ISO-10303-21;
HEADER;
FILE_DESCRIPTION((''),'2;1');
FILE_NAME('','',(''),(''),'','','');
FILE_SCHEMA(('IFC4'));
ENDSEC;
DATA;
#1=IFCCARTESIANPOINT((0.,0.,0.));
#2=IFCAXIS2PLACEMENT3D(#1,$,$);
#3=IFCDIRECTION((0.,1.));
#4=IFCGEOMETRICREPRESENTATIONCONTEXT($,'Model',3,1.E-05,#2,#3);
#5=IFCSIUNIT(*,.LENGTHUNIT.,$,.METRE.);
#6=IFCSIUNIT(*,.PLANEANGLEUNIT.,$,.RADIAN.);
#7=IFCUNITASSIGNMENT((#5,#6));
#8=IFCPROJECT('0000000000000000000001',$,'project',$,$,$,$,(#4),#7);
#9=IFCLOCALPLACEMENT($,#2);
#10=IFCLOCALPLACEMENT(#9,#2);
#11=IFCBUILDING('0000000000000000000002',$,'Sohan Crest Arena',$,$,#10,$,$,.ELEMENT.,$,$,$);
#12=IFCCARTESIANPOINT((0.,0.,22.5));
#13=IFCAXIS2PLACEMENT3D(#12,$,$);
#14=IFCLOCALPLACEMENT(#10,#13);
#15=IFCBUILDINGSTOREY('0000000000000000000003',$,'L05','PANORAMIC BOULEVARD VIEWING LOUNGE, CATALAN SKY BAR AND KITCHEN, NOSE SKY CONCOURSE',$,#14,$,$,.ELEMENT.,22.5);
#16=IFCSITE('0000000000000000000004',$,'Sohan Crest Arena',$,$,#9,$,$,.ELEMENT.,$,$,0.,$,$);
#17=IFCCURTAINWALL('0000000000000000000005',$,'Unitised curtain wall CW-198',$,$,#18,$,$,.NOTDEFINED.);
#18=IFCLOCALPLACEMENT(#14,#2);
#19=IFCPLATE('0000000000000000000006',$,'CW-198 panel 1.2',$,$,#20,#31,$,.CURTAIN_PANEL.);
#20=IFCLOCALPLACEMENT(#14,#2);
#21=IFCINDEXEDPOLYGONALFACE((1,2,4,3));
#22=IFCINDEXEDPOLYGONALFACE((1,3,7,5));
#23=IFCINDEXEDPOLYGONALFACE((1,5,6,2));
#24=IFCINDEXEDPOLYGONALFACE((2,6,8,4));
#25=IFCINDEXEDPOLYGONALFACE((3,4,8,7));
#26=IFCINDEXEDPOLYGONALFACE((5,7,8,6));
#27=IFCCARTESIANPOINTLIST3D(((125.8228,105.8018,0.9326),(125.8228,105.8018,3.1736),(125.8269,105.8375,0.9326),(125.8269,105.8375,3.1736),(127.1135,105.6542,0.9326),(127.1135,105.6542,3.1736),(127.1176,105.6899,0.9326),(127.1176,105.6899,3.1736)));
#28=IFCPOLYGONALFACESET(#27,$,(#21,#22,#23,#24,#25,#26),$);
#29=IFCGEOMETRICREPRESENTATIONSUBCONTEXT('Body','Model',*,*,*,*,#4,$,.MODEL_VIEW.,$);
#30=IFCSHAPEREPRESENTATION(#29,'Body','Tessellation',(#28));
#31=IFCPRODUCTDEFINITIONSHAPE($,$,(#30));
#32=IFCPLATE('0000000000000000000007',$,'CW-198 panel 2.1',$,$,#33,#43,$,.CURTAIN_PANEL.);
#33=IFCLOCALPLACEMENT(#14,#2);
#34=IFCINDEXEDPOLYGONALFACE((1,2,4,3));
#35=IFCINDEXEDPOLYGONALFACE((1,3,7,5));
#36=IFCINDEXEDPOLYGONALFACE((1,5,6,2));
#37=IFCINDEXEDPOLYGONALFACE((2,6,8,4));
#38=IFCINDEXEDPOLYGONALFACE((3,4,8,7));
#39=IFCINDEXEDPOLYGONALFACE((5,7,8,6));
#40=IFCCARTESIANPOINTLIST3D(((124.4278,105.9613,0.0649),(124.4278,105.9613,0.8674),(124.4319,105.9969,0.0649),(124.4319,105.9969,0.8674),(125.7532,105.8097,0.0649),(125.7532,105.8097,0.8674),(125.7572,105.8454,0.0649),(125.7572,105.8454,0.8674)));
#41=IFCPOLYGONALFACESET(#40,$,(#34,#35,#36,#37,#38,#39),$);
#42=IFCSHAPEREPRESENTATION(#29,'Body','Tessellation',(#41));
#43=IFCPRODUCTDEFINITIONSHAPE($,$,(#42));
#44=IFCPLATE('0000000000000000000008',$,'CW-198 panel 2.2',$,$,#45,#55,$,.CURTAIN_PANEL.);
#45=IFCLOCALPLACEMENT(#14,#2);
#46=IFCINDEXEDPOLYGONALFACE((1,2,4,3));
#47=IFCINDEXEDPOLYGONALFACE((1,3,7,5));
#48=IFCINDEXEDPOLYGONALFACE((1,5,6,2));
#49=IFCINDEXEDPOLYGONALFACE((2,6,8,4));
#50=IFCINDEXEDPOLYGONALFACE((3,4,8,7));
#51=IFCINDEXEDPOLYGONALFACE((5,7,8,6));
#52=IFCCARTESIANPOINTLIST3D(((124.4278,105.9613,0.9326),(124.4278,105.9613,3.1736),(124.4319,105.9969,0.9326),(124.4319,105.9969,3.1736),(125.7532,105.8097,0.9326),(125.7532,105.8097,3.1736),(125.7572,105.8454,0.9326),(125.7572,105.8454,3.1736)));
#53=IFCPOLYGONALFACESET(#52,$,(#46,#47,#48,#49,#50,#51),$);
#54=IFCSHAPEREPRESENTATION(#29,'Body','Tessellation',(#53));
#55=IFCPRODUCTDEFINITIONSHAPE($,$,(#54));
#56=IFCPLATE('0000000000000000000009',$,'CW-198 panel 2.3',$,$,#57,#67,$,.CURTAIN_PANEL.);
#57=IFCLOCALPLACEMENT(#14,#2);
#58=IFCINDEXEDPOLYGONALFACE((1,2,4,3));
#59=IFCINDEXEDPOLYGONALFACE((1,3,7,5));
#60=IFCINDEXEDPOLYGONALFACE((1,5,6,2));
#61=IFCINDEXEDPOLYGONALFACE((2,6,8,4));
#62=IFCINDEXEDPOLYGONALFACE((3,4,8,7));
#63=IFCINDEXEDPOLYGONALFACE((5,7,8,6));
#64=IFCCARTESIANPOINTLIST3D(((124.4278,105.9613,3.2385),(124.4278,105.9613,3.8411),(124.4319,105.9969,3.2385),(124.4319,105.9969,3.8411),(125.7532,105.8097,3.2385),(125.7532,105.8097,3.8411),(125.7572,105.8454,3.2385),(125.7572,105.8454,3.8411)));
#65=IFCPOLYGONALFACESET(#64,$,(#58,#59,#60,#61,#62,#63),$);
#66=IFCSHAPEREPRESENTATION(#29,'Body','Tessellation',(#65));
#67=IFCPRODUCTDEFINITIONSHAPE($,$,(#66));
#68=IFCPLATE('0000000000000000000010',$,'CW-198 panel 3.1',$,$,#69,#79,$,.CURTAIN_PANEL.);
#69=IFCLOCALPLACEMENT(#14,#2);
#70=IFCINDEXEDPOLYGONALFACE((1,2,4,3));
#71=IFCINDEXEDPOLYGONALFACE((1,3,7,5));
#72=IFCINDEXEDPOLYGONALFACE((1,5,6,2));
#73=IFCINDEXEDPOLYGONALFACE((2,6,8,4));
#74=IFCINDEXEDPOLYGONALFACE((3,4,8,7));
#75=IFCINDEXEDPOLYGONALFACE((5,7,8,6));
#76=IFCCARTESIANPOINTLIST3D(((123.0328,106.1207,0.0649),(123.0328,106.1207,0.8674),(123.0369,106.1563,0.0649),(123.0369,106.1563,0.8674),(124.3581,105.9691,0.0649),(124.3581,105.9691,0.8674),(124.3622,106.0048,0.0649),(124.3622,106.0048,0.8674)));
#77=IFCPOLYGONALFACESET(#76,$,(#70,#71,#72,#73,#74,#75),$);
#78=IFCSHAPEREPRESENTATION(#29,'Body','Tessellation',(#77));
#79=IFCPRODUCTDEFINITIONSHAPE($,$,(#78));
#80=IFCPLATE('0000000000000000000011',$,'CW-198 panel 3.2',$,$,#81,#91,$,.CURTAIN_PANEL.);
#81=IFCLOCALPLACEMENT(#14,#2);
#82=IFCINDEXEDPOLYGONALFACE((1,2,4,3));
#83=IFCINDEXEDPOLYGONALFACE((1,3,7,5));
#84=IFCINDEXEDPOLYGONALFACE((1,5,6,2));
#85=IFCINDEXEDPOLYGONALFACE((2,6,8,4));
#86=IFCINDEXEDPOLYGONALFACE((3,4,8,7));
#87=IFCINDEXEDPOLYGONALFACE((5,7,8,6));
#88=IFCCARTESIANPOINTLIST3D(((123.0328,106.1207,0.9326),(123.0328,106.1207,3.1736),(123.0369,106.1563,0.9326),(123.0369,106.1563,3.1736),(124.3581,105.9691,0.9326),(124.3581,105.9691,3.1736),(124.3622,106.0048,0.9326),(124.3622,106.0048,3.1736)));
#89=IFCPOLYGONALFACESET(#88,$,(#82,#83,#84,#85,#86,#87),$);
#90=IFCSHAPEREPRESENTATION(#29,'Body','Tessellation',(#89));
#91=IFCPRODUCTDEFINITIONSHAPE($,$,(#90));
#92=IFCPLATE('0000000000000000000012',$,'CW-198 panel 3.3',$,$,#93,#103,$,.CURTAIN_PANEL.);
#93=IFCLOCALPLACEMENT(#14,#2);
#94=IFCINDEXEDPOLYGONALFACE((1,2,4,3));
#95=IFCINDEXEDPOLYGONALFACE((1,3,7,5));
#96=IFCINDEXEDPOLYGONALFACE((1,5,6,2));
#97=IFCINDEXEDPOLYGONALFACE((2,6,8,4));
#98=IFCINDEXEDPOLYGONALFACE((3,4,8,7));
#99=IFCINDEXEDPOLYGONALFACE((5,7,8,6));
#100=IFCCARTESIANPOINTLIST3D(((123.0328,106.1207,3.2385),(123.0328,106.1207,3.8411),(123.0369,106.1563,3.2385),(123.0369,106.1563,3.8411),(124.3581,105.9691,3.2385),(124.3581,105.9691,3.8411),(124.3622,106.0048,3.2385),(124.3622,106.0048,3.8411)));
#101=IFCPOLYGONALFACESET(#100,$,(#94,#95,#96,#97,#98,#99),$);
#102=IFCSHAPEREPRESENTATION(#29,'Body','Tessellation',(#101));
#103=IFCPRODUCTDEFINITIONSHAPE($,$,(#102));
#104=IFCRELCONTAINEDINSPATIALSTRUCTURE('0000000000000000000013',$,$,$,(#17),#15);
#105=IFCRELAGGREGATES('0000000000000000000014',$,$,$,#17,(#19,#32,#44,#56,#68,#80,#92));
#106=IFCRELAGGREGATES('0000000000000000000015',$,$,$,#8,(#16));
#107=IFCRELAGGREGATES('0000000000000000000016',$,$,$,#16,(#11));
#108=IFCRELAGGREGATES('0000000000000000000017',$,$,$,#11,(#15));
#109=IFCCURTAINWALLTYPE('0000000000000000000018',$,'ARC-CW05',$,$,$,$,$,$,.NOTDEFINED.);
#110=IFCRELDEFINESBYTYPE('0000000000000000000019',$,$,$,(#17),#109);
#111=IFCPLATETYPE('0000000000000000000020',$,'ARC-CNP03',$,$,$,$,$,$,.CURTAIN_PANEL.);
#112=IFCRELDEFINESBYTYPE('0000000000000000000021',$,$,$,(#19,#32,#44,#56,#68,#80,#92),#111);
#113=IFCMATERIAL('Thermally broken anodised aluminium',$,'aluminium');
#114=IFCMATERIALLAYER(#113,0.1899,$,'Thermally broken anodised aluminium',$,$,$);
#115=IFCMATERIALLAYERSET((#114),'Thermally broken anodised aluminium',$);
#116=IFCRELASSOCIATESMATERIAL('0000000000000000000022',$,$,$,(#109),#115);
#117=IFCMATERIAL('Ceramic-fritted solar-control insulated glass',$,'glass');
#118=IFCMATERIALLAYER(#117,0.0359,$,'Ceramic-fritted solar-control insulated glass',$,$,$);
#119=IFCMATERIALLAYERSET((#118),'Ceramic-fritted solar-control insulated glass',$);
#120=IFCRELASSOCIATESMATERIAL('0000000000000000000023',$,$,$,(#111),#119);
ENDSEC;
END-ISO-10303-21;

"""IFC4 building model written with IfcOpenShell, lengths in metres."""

from ifc_helpers import new_model, si_unit, direction, frame, origin, origin_2d, place, context, subcontext, project, spatial, rectangle, extrude, material, layer, layer_set, type_object, element, aggregate, save


model = new_model("IFC4")

# Units and contexts
model_context = context("Model", 3, precision=1e-05, world=origin(), true_north=direction((0.0, 1.0)))
body_context = subcontext(model_context, "Body", "Model", "MODEL_VIEW")
ifc_project = project(units=[si_unit("LENGTHUNIT", "METRE"), si_unit("PLANEANGLEUNIT", "RADIAN")], contexts=[model_context])

# Site, building, storey
site_placement = place(None, origin())
site = spatial("IfcSite", under=ifc_project, at=site_placement, Name="Sohan Crest Arena", CompositionType="ELEMENT", RefElevation=0.0)
building_placement = place(site_placement, origin())
building = spatial("IfcBuilding", under=site, at=building_placement, Name="Sohan Crest Arena", CompositionType="ELEMENT")
storey_placement = place(building_placement, frame((0.0, 0.0, 22.5)))
storey = spatial("IfcBuildingStorey", under=building, at=storey_placement, Name="L05", Description="PANORAMIC BOULEVARD VIEWING LOUNGE, CATALAN SKY BAR AND KITCHEN, NOSE SKY CONCOURSE", CompositionType="ELEMENT", Elevation=22.5)

# Curtain wall, plates
ifc_material_1 = material(Name="Thermally broken anodised aluminium", Category="aluminium")
ifc_layer_1 = layer(ifc_material_1, 0.1899, Name="Thermally broken anodised aluminium")
ifc_layer_set_1 = layer_set([ifc_layer_1], Name="Thermally broken anodised aluminium")
curtain_wall_type = type_object("IfcCurtainWallType", Name="ARC-CW05", PredefinedType="NOTDEFINED", material=ifc_layer_set_1)
curtain_wall_placement = place(storey_placement, origin())
curtain_wall = element("IfcCurtainWall", 1, at=curtain_wall_placement, inside=storey, type_object=curtain_wall_type, Name="Unitised curtain wall CW-198", PredefinedType="NOTDEFINED")
ifc_material_2 = material(Name="Ceramic-fritted solar-control insulated glass", Category="glass")
ifc_layer_2 = layer(ifc_material_2, 0.0359, Name="Ceramic-fritted solar-control insulated glass")
ifc_layer_set_2 = layer_set([ifc_layer_2], Name="Ceramic-fritted solar-control insulated glass")
plate_type = type_object("IfcPlateType", Name="ARC-CNP03", PredefinedType="CURTAIN_PANEL", material=ifc_layer_set_2)
plate_1_placement = place(storey_placement, frame((126.4702, 105.7458, 0.9326), z_axis=(0.0, 0.0, 1.0), x_axis=(-0.993527, 0.113597, 0.0)))
plate_1 = element("IfcPlate", 2, at=plate_1_placement, type_object=plate_type, Name="CW-198 panel 1.2", PredefinedType="CURTAIN_PANEL", context=body_context, shape_type="SweptSolid", body=[
    extrude(rectangle(XDim=1.2991, YDim=0.0359, at=origin_2d()), origin(), (0.0, 0.0, 1.0), 2.241),
])
plate_2_placement = place(storey_placement, frame((125.0925, 105.9033, 0.0649), z_axis=(0.0, 0.0, 1.0), x_axis=(-0.993527, 0.113597, 0.0)))
plate_2 = element("IfcPlate", 3, at=plate_2_placement, type_object=plate_type, Name="CW-198 panel 2.1", PredefinedType="CURTAIN_PANEL", context=body_context, shape_type="SweptSolid", body=[
    extrude(rectangle(XDim=1.334, YDim=0.0359, at=origin_2d()), origin(), (0.0, 0.0, 1.0), 0.8025),
])
plate_3_placement = place(storey_placement, frame((125.0925, 105.9033, 0.9326), z_axis=(0.0, 0.0, 1.0), x_axis=(-0.993527, 0.113597, 0.0)))
plate_3 = element("IfcPlate", 4, at=plate_3_placement, type_object=plate_type, Name="CW-198 panel 2.2", PredefinedType="CURTAIN_PANEL", context=body_context, shape_type="SweptSolid", body=[
    extrude(rectangle(XDim=1.334, YDim=0.0359, at=origin_2d()), origin(), (0.0, 0.0, 1.0), 2.241),
])
plate_4_placement = place(storey_placement, frame((125.0925, 105.9033, 3.2385), z_axis=(0.0, 0.0, 1.0), x_axis=(-0.993527, 0.113597, 0.0)))
plate_4 = element("IfcPlate", 5, at=plate_4_placement, type_object=plate_type, Name="CW-198 panel 2.3", PredefinedType="CURTAIN_PANEL", context=body_context, shape_type="SweptSolid", body=[
    extrude(rectangle(XDim=1.334, YDim=0.0359, at=origin_2d()), origin(), (0.0, 0.0, 1.0), 0.6025),
])
plate_5_placement = place(storey_placement, frame((123.6975, 106.0627, 0.0649), z_axis=(0.0, 0.0, 1.0), x_axis=(-0.993527, 0.113597, 0.0)))
plate_5 = element("IfcPlate", 6, at=plate_5_placement, type_object=plate_type, Name="CW-198 panel 3.1", PredefinedType="CURTAIN_PANEL", context=body_context, shape_type="SweptSolid", body=[
    extrude(rectangle(XDim=1.334, YDim=0.0359, at=origin_2d()), origin(), (0.0, 0.0, 1.0), 0.8025),
])
plate_6_placement = place(storey_placement, frame((123.6975, 106.0627, 0.9326), z_axis=(0.0, 0.0, 1.0), x_axis=(-0.993527, 0.113597, 0.0)))
plate_6 = element("IfcPlate", 7, at=plate_6_placement, type_object=plate_type, Name="CW-198 panel 3.2", PredefinedType="CURTAIN_PANEL", context=body_context, shape_type="SweptSolid", body=[
    extrude(rectangle(XDim=1.334, YDim=0.0359, at=origin_2d()), origin(), (0.0, 0.0, 1.0), 2.241),
])
plate_7_placement = place(storey_placement, frame((123.6975, 106.0627, 3.2385), z_axis=(0.0, 0.0, 1.0), x_axis=(-0.993527, 0.113597, 0.0)))
plate_7 = element("IfcPlate", 8, at=plate_7_placement, type_object=plate_type, Name="CW-198 panel 3.3", PredefinedType="CURTAIN_PANEL", context=body_context, shape_type="SweptSolid", body=[
    extrude(rectangle(XDim=1.334, YDim=0.0359, at=origin_2d()), origin(), (0.0, 0.0, 1.0), 0.6025),
])
aggregate(curtain_wall, [plate_1, plate_2, plate_3, plate_4, plate_5, plate_6, plate_7])

save(model, "model.ifc")
